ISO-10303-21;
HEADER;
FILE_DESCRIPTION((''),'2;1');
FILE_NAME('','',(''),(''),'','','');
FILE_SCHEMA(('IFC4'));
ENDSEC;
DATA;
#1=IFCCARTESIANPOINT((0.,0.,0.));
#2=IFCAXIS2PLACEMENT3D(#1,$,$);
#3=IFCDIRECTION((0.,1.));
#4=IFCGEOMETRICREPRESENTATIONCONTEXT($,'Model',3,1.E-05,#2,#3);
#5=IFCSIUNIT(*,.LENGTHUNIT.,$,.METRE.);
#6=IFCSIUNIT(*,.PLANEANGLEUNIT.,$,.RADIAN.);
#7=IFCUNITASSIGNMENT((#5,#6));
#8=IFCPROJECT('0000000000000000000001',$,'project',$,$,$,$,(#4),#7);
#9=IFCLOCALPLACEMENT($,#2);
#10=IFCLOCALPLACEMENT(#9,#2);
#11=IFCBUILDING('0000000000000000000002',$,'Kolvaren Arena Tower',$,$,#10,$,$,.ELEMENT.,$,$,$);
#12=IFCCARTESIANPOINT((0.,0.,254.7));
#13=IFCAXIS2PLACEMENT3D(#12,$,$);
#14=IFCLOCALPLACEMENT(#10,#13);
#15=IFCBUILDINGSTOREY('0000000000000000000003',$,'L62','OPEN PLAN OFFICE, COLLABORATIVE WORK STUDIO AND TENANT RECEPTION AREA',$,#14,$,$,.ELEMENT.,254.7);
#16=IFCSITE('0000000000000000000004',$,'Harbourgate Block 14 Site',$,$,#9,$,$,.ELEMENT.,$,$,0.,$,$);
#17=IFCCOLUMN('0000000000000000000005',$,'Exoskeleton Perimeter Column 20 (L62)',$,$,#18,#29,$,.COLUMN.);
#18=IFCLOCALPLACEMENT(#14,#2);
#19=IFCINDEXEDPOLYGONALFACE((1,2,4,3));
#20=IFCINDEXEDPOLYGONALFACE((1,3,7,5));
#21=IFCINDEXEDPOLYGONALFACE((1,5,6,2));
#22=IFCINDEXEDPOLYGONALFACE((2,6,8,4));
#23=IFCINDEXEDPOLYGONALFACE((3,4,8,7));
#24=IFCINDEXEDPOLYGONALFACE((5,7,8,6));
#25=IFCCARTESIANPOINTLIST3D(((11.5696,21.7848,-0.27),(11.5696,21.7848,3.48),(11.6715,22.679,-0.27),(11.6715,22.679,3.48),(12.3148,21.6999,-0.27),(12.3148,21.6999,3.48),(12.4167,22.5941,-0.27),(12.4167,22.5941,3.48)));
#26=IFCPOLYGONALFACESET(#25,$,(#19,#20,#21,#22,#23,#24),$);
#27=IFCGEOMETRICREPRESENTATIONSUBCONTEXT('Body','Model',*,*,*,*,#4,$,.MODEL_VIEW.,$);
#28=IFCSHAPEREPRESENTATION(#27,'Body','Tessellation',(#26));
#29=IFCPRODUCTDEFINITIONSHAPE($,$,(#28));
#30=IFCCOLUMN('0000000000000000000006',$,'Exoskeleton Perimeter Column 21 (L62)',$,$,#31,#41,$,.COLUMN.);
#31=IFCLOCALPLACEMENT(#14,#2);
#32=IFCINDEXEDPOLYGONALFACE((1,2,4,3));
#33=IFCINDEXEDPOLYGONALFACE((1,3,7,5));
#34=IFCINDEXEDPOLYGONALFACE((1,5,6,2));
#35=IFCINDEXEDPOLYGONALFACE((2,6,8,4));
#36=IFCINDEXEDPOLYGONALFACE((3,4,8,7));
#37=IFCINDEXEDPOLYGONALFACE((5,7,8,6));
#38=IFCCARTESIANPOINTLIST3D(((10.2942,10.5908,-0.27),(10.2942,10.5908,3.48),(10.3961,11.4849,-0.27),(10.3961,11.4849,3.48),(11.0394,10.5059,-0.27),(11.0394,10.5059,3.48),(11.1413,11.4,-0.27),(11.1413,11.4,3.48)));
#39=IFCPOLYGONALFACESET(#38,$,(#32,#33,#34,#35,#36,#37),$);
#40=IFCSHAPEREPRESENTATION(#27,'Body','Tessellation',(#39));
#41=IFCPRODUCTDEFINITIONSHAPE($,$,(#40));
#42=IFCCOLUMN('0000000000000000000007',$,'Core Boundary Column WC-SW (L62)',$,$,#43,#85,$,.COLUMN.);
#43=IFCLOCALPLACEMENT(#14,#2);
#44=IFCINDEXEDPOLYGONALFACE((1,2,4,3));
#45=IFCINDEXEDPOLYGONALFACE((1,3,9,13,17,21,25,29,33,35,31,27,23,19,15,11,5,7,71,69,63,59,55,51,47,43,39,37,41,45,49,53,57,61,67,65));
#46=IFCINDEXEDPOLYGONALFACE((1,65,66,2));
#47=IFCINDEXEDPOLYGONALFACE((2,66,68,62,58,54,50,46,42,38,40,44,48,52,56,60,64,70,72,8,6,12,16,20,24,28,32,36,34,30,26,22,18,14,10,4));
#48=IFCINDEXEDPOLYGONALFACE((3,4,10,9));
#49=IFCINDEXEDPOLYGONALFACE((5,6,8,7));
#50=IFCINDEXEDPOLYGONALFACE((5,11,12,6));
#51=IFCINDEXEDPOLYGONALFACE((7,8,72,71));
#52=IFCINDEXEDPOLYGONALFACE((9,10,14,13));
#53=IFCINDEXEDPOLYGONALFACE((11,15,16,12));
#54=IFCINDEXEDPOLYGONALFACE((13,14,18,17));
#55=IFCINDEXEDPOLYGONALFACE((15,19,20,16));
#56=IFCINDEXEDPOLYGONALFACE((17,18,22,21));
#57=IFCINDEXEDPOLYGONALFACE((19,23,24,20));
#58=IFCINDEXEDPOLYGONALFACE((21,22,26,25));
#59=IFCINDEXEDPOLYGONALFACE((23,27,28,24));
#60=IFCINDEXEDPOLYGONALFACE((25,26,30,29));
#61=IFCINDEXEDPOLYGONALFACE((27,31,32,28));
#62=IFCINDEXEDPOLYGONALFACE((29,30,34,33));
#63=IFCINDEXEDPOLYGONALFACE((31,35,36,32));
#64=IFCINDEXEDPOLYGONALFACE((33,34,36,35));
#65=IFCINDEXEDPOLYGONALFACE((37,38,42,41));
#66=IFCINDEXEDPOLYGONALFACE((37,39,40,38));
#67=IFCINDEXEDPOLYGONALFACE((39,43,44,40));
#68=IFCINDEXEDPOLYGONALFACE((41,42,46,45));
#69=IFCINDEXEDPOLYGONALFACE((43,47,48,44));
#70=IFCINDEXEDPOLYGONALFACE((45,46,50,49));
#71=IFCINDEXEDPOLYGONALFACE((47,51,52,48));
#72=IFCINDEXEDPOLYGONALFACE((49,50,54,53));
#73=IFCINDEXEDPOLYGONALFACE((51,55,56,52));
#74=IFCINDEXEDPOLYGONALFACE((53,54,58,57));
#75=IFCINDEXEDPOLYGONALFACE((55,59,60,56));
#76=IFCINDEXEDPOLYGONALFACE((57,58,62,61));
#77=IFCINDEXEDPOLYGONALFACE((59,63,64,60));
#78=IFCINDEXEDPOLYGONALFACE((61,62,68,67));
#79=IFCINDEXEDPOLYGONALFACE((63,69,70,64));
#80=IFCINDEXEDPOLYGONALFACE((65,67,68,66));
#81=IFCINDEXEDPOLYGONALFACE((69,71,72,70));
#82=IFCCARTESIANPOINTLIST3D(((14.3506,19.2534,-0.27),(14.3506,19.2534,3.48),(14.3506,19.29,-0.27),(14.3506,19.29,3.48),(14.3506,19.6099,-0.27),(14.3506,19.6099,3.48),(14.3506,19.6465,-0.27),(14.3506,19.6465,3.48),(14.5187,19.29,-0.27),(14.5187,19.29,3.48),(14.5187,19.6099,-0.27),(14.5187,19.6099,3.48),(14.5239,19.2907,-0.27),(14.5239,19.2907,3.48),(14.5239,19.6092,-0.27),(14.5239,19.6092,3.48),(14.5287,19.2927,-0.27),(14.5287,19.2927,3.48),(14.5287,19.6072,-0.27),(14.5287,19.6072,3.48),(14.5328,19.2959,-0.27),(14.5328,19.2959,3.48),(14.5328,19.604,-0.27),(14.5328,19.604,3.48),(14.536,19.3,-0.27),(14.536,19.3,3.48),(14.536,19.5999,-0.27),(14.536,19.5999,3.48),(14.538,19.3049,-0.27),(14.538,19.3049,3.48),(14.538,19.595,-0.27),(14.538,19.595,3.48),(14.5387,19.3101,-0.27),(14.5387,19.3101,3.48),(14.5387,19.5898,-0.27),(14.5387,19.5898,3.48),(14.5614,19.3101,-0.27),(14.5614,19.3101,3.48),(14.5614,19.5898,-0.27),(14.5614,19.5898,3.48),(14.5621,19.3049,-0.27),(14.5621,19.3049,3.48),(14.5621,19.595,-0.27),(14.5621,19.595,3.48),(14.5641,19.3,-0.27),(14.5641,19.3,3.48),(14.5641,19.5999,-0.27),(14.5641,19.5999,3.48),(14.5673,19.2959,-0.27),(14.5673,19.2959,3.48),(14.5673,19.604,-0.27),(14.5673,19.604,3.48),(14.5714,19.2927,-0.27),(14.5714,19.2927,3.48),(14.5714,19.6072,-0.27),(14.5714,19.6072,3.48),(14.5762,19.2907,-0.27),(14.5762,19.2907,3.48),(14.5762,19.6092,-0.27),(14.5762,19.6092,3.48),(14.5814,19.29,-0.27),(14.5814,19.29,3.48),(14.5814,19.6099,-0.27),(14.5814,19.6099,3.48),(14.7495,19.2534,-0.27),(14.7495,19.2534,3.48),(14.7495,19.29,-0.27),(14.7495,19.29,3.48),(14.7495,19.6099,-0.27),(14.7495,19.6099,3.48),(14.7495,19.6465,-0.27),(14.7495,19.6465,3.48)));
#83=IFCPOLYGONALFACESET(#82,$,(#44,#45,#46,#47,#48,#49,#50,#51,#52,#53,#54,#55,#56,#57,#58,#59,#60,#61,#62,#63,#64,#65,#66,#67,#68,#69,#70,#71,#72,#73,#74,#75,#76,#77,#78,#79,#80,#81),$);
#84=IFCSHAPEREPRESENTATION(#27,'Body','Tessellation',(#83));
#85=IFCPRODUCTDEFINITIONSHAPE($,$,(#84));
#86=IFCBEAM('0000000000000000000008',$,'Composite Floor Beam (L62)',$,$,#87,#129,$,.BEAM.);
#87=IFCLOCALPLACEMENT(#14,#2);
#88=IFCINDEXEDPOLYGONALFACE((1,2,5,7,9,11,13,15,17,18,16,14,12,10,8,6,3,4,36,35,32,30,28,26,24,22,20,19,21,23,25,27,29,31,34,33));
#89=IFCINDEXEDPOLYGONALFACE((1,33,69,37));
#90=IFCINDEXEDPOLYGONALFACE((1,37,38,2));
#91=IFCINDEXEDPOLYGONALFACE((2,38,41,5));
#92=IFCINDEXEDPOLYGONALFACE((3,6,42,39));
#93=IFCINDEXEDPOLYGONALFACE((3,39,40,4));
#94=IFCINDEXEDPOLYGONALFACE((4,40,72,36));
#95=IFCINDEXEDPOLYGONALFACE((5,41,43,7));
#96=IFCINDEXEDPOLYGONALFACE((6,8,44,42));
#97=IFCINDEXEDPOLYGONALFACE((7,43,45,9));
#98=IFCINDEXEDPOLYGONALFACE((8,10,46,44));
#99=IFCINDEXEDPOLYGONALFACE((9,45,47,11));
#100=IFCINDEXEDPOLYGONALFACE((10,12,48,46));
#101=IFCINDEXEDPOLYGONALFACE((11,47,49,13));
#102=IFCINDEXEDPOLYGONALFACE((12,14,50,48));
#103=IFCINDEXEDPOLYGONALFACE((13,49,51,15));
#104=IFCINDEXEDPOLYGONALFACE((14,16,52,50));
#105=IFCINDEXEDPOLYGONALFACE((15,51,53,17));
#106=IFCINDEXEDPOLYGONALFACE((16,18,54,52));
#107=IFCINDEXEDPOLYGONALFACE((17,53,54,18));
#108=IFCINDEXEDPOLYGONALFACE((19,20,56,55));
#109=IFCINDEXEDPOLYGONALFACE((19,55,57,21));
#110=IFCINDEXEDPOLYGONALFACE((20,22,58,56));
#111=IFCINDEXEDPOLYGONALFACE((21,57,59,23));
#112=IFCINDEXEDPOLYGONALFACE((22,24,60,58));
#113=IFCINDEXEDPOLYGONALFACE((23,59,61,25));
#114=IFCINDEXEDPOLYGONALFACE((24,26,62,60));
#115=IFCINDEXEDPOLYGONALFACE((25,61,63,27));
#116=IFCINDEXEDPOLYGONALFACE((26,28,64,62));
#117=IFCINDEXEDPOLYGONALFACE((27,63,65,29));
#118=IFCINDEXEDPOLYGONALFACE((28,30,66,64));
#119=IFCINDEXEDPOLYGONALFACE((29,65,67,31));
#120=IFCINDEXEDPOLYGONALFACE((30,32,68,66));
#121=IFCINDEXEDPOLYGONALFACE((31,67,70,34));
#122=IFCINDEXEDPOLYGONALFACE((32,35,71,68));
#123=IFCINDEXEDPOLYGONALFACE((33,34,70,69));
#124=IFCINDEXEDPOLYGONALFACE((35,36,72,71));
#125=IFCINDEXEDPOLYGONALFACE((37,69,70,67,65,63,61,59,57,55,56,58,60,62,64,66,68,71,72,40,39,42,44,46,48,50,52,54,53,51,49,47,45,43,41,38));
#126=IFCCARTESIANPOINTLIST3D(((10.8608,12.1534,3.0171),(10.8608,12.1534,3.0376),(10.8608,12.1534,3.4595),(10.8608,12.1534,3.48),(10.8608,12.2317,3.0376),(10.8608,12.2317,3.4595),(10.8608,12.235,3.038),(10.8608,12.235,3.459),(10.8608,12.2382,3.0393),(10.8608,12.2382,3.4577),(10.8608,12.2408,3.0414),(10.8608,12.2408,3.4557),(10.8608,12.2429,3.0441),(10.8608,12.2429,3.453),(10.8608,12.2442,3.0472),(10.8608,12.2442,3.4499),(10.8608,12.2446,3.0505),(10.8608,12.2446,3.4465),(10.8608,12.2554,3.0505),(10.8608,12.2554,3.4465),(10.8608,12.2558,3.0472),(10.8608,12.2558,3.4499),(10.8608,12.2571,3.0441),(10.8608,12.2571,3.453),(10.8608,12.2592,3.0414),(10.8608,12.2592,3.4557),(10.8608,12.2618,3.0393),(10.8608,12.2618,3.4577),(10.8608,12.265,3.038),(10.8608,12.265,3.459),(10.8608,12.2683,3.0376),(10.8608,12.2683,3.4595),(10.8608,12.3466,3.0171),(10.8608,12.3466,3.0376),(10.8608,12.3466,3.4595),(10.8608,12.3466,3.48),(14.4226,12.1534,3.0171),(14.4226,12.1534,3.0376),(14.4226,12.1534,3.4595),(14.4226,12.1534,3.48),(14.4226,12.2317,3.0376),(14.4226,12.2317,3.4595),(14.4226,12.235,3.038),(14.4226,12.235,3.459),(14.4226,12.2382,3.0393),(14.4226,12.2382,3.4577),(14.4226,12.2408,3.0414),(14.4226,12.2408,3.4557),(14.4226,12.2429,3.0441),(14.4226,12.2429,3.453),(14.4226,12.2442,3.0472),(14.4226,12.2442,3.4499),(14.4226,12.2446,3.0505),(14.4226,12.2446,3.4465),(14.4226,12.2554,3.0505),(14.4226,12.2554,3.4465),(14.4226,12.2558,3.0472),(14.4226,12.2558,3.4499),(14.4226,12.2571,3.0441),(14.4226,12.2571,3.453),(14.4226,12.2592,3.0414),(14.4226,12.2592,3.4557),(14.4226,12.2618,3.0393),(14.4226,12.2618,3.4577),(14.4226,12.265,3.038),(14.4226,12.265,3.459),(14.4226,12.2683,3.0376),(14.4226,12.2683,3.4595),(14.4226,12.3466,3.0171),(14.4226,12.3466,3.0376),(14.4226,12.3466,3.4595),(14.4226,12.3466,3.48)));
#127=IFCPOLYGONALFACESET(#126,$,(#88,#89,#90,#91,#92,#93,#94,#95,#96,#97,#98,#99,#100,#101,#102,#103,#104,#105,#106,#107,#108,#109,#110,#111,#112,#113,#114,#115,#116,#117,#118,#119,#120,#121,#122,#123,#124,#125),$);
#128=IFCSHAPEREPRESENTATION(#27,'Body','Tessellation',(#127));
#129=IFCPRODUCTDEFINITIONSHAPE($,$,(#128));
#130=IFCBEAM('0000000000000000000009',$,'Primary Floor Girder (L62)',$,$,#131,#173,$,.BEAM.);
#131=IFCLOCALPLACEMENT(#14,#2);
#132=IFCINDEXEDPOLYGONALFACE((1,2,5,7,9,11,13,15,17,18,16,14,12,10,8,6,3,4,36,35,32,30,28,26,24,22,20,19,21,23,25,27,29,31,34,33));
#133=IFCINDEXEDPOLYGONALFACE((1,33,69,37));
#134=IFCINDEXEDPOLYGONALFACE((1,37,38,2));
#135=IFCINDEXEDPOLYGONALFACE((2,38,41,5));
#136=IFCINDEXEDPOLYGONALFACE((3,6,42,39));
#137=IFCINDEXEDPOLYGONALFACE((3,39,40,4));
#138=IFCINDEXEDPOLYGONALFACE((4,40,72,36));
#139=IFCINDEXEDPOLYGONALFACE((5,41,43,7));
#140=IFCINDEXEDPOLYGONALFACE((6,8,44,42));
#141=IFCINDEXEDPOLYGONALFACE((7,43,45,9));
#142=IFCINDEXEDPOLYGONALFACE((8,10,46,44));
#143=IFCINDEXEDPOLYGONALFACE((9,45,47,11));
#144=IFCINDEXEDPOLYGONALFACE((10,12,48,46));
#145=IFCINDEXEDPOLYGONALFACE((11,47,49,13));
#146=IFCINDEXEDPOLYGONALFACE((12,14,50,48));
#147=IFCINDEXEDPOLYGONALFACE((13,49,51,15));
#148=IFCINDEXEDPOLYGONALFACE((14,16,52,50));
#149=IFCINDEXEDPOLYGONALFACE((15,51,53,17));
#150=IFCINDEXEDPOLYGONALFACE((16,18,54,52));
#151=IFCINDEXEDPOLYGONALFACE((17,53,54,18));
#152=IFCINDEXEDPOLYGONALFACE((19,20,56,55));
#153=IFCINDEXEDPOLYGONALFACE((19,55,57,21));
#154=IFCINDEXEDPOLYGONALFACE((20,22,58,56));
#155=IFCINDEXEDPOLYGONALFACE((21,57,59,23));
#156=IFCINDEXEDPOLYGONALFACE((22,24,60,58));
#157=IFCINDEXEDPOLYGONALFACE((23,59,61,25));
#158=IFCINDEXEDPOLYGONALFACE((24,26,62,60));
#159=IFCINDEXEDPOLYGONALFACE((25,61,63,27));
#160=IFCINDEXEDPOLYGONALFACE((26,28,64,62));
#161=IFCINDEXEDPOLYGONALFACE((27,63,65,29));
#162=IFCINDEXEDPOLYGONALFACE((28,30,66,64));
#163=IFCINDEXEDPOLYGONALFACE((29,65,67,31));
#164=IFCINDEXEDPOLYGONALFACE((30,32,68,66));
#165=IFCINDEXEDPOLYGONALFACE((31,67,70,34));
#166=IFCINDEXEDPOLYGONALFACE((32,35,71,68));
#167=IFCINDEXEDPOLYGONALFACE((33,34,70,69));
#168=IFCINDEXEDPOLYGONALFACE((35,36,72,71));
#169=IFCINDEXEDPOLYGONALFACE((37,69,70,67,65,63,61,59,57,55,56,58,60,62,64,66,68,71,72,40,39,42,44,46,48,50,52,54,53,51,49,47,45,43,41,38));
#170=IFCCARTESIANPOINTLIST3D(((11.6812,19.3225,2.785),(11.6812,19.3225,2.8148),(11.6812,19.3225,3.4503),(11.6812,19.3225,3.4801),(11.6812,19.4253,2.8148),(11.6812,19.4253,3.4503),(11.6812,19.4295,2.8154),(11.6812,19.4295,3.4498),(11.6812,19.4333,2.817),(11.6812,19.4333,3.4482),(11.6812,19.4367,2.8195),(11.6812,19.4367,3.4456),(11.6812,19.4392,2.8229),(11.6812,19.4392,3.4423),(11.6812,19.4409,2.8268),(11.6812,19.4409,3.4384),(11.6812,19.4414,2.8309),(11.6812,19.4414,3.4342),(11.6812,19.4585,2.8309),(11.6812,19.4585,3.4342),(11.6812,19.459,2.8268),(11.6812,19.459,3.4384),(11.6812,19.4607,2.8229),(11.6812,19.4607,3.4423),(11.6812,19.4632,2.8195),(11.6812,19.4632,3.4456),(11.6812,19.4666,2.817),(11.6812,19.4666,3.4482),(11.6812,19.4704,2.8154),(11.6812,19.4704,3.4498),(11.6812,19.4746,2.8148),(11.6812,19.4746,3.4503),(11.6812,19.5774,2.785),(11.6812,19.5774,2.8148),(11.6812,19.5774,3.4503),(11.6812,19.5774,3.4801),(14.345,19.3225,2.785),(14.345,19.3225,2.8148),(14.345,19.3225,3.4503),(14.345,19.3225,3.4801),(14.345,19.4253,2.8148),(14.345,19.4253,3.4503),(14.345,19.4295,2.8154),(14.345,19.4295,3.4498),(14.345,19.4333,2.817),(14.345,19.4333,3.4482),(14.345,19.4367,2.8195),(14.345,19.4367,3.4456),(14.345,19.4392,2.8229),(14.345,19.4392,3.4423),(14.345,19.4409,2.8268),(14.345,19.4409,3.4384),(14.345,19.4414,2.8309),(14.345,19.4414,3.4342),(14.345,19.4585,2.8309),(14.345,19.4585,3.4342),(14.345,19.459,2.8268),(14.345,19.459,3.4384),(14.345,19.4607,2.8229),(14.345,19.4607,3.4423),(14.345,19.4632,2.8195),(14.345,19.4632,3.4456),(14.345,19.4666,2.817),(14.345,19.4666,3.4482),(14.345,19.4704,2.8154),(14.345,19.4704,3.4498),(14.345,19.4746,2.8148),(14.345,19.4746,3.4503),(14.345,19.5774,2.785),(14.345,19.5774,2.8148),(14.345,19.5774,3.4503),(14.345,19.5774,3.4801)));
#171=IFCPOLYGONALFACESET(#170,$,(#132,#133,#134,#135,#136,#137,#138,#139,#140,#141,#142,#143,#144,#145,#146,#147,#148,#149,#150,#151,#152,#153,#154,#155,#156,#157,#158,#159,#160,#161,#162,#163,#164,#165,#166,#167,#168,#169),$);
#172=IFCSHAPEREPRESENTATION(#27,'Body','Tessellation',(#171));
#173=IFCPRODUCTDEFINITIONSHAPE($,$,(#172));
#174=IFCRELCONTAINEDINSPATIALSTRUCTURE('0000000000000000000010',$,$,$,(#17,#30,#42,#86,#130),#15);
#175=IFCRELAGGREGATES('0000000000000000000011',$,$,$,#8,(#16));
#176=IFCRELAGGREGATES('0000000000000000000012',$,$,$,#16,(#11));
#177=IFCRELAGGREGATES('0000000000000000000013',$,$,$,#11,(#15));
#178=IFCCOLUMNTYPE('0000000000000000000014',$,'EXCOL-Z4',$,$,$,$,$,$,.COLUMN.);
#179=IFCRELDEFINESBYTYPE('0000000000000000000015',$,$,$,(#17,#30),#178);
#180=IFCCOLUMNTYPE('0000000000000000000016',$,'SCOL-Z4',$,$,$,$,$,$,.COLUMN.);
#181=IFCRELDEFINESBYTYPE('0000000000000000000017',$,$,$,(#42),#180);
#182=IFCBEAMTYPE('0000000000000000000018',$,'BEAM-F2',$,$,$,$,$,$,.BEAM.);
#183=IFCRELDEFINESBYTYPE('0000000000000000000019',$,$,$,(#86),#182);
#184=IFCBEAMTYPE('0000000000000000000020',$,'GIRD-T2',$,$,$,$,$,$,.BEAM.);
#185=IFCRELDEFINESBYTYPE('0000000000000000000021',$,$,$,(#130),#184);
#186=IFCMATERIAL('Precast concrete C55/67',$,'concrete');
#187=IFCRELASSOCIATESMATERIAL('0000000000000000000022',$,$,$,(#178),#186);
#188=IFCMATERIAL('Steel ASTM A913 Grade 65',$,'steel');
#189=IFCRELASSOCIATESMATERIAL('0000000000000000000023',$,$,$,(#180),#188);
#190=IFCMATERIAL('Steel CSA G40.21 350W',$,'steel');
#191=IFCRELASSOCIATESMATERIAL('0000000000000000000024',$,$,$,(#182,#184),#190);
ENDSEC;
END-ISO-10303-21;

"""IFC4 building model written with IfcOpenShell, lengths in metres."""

from ifc_helpers import new_model, si_unit, direction, frame, origin, origin_2d, place, context, subcontext, project, spatial, rectangle, i_section, extrude, material, material_profile, profile_set, type_object, element, save


model = new_model("IFC4")

# Units and contexts
model_context = context("Model", 3, precision=1e-05, world=origin(), true_north=direction((0.0, 1.0)))
body_context = subcontext(model_context, "Body", "Model", "MODEL_VIEW")
ifc_project = project(units=[si_unit("LENGTHUNIT", "METRE"), si_unit("PLANEANGLEUNIT", "RADIAN")], contexts=[model_context])

# Site, building, storey
site_placement = place(None, origin())
site = spatial("IfcSite", under=ifc_project, at=site_placement, Name="Harbourgate Block 14 Site", CompositionType="ELEMENT", RefElevation=0.0)
building_placement = place(site_placement, origin())
building = spatial("IfcBuilding", under=site, at=building_placement, Name="Kolvaren Arena Tower", CompositionType="ELEMENT")
storey_placement = place(building_placement, frame((0.0, 0.0, 254.7)))
storey = spatial("IfcBuildingStorey", under=building, at=storey_placement, Name="L62", Description="OPEN PLAN OFFICE, COLLABORATIVE WORK STUDIO AND TENANT RECEPTION AREA", CompositionType="ELEMENT", Elevation=254.7)

# Columns
ifc_material_1 = material(Name="Precast concrete C55/67", Category="concrete")
ifc_material_profile_1 = material_profile(ifc_material_1, rectangle(XDim=0.8999, YDim=0.75, at=origin_2d()), Name="RC-900x750")
ifc_profile_set_1 = profile_set([ifc_material_profile_1], Name="Precast concrete C55/67")
column_type_1 = type_object("IfcColumnType", Name="EXCOL-Z4", PredefinedType="COLUMN", material=ifc_profile_set_1)
for number, where, z_axis, x_axis, name in (
    (1, (11.9932, 22.1895, -0.27), (0.0, 0.0, 1.0), (0.113203, 0.993572, 0.0), "Exoskeleton Perimeter Column 20 (L62)"),
    (2, (10.7178, 10.9954, -0.27), (0.0, 0.0, 1.0), (0.113203, 0.993572, 0.0), "Exoskeleton Perimeter Column 21 (L62)"),
):
    element("IfcColumn", number, at=place(storey_placement, frame(where, z_axis=z_axis, x_axis=x_axis)), inside=storey, type_object=column_type_1, Name=name, PredefinedType="COLUMN", context=body_context, shape_type="SweptSolid", body=[
        extrude(rectangle(XDim=0.8999, YDim=0.75, at=origin_2d()), origin(), (0.0, 0.0, 1.0), 3.75),
    ])
ifc_material_2 = material(Name="Steel ASTM A913 Grade 65", Category="steel")
ifc_material_profile_2 = material_profile(ifc_material_2, i_section(OverallWidth=0.3989, OverallDepth=0.3931, WebThickness=0.0227, FlangeThickness=0.0366, FilletRadius=0.02, at=origin_2d()), Name="W360x287")
ifc_profile_set_2 = profile_set([ifc_material_profile_2], Name="Steel ASTM A913 Grade 65")
column_type_2 = type_object("IfcColumnType", Name="SCOL-Z4", PredefinedType="COLUMN", material=ifc_profile_set_2)
column_placement = place(storey_placement, frame((14.55, 19.45, -0.27), z_axis=(0.0, 0.0, 1.0), x_axis=(1.0, 0.0, 0.0)))
element("IfcColumn", 3, at=column_placement, inside=storey, type_object=column_type_2, Name="Core Boundary Column WC-SW (L62)", PredefinedType="COLUMN", context=body_context, shape_type="SweptSolid", body=[
    extrude(i_section(OverallWidth=0.3989, OverallDepth=0.3931, WebThickness=0.0227, FlangeThickness=0.0366, FilletRadius=0.02, at=origin_2d()), origin(), (0.0, 0.0, 1.0), 3.75),
])

# Beams
ifc_material_3 = material(Name="Steel CSA G40.21 350W", Category="steel")
ifc_material_profile_3 = material_profile(ifc_material_3, i_section(OverallWidth=0.1931, OverallDepth=0.4629, WebThickness=0.0107, FlangeThickness=0.0205, FilletRadius=0.0129, at=origin_2d()), Name="W460x113")
ifc_profile_set_3 = profile_set([ifc_material_profile_3], Name="Steel CSA G40.21 350W")
beam_type_1 = type_object("IfcBeamType", Name="BEAM-F2", PredefinedType="BEAM", material=ifc_profile_set_3)
beam_1_placement = place(storey_placement, frame((10.8608, 12.25, 3.2485), z_axis=(1.0, 0.0, 0.0), x_axis=(0.0, 1.0, 0.0)))
element("IfcBeam", 4, at=beam_1_placement, inside=storey, type_object=beam_type_1, Name="Composite Floor Beam (L62)", PredefinedType="BEAM", context=body_context, shape_type="SweptSolid", body=[
    extrude(i_section(OverallWidth=0.1931, OverallDepth=0.4629, WebThickness=0.0107, FlangeThickness=0.0205, FilletRadius=0.0129, at=origin_2d()), origin(), (0.0, 0.0, 1.0), 3.5618),
])
ifc_material_profile_4 = material_profile(ifc_material_3, i_section(OverallWidth=0.2549, OverallDepth=0.6951, WebThickness=0.0171, FlangeThickness=0.0298, FilletRadius=0.0161, at=origin_2d()), Name="W690x217")
ifc_profile_set_4 = profile_set([ifc_material_profile_4], Name="Steel CSA G40.21 350W")
beam_type_2 = type_object("IfcBeamType", Name="GIRD-T2", PredefinedType="BEAM", material=ifc_profile_set_4)
beam_2_placement = place(storey_placement, frame((11.6812, 19.45, 3.1326), z_axis=(1.0, 0.0, 0.0), x_axis=(0.0, 1.0, 0.0)))
element("IfcBeam", 5, at=beam_2_placement, inside=storey, type_object=beam_type_2, Name="Primary Floor Girder (L62)", PredefinedType="BEAM", context=body_context, shape_type="SweptSolid", body=[
    extrude(i_section(OverallWidth=0.2549, OverallDepth=0.6951, WebThickness=0.0171, FlangeThickness=0.0298, FilletRadius=0.0161, at=origin_2d()), origin(), (0.0, 0.0, 1.0), 2.6638),
])

save(model, "model.ifc")
